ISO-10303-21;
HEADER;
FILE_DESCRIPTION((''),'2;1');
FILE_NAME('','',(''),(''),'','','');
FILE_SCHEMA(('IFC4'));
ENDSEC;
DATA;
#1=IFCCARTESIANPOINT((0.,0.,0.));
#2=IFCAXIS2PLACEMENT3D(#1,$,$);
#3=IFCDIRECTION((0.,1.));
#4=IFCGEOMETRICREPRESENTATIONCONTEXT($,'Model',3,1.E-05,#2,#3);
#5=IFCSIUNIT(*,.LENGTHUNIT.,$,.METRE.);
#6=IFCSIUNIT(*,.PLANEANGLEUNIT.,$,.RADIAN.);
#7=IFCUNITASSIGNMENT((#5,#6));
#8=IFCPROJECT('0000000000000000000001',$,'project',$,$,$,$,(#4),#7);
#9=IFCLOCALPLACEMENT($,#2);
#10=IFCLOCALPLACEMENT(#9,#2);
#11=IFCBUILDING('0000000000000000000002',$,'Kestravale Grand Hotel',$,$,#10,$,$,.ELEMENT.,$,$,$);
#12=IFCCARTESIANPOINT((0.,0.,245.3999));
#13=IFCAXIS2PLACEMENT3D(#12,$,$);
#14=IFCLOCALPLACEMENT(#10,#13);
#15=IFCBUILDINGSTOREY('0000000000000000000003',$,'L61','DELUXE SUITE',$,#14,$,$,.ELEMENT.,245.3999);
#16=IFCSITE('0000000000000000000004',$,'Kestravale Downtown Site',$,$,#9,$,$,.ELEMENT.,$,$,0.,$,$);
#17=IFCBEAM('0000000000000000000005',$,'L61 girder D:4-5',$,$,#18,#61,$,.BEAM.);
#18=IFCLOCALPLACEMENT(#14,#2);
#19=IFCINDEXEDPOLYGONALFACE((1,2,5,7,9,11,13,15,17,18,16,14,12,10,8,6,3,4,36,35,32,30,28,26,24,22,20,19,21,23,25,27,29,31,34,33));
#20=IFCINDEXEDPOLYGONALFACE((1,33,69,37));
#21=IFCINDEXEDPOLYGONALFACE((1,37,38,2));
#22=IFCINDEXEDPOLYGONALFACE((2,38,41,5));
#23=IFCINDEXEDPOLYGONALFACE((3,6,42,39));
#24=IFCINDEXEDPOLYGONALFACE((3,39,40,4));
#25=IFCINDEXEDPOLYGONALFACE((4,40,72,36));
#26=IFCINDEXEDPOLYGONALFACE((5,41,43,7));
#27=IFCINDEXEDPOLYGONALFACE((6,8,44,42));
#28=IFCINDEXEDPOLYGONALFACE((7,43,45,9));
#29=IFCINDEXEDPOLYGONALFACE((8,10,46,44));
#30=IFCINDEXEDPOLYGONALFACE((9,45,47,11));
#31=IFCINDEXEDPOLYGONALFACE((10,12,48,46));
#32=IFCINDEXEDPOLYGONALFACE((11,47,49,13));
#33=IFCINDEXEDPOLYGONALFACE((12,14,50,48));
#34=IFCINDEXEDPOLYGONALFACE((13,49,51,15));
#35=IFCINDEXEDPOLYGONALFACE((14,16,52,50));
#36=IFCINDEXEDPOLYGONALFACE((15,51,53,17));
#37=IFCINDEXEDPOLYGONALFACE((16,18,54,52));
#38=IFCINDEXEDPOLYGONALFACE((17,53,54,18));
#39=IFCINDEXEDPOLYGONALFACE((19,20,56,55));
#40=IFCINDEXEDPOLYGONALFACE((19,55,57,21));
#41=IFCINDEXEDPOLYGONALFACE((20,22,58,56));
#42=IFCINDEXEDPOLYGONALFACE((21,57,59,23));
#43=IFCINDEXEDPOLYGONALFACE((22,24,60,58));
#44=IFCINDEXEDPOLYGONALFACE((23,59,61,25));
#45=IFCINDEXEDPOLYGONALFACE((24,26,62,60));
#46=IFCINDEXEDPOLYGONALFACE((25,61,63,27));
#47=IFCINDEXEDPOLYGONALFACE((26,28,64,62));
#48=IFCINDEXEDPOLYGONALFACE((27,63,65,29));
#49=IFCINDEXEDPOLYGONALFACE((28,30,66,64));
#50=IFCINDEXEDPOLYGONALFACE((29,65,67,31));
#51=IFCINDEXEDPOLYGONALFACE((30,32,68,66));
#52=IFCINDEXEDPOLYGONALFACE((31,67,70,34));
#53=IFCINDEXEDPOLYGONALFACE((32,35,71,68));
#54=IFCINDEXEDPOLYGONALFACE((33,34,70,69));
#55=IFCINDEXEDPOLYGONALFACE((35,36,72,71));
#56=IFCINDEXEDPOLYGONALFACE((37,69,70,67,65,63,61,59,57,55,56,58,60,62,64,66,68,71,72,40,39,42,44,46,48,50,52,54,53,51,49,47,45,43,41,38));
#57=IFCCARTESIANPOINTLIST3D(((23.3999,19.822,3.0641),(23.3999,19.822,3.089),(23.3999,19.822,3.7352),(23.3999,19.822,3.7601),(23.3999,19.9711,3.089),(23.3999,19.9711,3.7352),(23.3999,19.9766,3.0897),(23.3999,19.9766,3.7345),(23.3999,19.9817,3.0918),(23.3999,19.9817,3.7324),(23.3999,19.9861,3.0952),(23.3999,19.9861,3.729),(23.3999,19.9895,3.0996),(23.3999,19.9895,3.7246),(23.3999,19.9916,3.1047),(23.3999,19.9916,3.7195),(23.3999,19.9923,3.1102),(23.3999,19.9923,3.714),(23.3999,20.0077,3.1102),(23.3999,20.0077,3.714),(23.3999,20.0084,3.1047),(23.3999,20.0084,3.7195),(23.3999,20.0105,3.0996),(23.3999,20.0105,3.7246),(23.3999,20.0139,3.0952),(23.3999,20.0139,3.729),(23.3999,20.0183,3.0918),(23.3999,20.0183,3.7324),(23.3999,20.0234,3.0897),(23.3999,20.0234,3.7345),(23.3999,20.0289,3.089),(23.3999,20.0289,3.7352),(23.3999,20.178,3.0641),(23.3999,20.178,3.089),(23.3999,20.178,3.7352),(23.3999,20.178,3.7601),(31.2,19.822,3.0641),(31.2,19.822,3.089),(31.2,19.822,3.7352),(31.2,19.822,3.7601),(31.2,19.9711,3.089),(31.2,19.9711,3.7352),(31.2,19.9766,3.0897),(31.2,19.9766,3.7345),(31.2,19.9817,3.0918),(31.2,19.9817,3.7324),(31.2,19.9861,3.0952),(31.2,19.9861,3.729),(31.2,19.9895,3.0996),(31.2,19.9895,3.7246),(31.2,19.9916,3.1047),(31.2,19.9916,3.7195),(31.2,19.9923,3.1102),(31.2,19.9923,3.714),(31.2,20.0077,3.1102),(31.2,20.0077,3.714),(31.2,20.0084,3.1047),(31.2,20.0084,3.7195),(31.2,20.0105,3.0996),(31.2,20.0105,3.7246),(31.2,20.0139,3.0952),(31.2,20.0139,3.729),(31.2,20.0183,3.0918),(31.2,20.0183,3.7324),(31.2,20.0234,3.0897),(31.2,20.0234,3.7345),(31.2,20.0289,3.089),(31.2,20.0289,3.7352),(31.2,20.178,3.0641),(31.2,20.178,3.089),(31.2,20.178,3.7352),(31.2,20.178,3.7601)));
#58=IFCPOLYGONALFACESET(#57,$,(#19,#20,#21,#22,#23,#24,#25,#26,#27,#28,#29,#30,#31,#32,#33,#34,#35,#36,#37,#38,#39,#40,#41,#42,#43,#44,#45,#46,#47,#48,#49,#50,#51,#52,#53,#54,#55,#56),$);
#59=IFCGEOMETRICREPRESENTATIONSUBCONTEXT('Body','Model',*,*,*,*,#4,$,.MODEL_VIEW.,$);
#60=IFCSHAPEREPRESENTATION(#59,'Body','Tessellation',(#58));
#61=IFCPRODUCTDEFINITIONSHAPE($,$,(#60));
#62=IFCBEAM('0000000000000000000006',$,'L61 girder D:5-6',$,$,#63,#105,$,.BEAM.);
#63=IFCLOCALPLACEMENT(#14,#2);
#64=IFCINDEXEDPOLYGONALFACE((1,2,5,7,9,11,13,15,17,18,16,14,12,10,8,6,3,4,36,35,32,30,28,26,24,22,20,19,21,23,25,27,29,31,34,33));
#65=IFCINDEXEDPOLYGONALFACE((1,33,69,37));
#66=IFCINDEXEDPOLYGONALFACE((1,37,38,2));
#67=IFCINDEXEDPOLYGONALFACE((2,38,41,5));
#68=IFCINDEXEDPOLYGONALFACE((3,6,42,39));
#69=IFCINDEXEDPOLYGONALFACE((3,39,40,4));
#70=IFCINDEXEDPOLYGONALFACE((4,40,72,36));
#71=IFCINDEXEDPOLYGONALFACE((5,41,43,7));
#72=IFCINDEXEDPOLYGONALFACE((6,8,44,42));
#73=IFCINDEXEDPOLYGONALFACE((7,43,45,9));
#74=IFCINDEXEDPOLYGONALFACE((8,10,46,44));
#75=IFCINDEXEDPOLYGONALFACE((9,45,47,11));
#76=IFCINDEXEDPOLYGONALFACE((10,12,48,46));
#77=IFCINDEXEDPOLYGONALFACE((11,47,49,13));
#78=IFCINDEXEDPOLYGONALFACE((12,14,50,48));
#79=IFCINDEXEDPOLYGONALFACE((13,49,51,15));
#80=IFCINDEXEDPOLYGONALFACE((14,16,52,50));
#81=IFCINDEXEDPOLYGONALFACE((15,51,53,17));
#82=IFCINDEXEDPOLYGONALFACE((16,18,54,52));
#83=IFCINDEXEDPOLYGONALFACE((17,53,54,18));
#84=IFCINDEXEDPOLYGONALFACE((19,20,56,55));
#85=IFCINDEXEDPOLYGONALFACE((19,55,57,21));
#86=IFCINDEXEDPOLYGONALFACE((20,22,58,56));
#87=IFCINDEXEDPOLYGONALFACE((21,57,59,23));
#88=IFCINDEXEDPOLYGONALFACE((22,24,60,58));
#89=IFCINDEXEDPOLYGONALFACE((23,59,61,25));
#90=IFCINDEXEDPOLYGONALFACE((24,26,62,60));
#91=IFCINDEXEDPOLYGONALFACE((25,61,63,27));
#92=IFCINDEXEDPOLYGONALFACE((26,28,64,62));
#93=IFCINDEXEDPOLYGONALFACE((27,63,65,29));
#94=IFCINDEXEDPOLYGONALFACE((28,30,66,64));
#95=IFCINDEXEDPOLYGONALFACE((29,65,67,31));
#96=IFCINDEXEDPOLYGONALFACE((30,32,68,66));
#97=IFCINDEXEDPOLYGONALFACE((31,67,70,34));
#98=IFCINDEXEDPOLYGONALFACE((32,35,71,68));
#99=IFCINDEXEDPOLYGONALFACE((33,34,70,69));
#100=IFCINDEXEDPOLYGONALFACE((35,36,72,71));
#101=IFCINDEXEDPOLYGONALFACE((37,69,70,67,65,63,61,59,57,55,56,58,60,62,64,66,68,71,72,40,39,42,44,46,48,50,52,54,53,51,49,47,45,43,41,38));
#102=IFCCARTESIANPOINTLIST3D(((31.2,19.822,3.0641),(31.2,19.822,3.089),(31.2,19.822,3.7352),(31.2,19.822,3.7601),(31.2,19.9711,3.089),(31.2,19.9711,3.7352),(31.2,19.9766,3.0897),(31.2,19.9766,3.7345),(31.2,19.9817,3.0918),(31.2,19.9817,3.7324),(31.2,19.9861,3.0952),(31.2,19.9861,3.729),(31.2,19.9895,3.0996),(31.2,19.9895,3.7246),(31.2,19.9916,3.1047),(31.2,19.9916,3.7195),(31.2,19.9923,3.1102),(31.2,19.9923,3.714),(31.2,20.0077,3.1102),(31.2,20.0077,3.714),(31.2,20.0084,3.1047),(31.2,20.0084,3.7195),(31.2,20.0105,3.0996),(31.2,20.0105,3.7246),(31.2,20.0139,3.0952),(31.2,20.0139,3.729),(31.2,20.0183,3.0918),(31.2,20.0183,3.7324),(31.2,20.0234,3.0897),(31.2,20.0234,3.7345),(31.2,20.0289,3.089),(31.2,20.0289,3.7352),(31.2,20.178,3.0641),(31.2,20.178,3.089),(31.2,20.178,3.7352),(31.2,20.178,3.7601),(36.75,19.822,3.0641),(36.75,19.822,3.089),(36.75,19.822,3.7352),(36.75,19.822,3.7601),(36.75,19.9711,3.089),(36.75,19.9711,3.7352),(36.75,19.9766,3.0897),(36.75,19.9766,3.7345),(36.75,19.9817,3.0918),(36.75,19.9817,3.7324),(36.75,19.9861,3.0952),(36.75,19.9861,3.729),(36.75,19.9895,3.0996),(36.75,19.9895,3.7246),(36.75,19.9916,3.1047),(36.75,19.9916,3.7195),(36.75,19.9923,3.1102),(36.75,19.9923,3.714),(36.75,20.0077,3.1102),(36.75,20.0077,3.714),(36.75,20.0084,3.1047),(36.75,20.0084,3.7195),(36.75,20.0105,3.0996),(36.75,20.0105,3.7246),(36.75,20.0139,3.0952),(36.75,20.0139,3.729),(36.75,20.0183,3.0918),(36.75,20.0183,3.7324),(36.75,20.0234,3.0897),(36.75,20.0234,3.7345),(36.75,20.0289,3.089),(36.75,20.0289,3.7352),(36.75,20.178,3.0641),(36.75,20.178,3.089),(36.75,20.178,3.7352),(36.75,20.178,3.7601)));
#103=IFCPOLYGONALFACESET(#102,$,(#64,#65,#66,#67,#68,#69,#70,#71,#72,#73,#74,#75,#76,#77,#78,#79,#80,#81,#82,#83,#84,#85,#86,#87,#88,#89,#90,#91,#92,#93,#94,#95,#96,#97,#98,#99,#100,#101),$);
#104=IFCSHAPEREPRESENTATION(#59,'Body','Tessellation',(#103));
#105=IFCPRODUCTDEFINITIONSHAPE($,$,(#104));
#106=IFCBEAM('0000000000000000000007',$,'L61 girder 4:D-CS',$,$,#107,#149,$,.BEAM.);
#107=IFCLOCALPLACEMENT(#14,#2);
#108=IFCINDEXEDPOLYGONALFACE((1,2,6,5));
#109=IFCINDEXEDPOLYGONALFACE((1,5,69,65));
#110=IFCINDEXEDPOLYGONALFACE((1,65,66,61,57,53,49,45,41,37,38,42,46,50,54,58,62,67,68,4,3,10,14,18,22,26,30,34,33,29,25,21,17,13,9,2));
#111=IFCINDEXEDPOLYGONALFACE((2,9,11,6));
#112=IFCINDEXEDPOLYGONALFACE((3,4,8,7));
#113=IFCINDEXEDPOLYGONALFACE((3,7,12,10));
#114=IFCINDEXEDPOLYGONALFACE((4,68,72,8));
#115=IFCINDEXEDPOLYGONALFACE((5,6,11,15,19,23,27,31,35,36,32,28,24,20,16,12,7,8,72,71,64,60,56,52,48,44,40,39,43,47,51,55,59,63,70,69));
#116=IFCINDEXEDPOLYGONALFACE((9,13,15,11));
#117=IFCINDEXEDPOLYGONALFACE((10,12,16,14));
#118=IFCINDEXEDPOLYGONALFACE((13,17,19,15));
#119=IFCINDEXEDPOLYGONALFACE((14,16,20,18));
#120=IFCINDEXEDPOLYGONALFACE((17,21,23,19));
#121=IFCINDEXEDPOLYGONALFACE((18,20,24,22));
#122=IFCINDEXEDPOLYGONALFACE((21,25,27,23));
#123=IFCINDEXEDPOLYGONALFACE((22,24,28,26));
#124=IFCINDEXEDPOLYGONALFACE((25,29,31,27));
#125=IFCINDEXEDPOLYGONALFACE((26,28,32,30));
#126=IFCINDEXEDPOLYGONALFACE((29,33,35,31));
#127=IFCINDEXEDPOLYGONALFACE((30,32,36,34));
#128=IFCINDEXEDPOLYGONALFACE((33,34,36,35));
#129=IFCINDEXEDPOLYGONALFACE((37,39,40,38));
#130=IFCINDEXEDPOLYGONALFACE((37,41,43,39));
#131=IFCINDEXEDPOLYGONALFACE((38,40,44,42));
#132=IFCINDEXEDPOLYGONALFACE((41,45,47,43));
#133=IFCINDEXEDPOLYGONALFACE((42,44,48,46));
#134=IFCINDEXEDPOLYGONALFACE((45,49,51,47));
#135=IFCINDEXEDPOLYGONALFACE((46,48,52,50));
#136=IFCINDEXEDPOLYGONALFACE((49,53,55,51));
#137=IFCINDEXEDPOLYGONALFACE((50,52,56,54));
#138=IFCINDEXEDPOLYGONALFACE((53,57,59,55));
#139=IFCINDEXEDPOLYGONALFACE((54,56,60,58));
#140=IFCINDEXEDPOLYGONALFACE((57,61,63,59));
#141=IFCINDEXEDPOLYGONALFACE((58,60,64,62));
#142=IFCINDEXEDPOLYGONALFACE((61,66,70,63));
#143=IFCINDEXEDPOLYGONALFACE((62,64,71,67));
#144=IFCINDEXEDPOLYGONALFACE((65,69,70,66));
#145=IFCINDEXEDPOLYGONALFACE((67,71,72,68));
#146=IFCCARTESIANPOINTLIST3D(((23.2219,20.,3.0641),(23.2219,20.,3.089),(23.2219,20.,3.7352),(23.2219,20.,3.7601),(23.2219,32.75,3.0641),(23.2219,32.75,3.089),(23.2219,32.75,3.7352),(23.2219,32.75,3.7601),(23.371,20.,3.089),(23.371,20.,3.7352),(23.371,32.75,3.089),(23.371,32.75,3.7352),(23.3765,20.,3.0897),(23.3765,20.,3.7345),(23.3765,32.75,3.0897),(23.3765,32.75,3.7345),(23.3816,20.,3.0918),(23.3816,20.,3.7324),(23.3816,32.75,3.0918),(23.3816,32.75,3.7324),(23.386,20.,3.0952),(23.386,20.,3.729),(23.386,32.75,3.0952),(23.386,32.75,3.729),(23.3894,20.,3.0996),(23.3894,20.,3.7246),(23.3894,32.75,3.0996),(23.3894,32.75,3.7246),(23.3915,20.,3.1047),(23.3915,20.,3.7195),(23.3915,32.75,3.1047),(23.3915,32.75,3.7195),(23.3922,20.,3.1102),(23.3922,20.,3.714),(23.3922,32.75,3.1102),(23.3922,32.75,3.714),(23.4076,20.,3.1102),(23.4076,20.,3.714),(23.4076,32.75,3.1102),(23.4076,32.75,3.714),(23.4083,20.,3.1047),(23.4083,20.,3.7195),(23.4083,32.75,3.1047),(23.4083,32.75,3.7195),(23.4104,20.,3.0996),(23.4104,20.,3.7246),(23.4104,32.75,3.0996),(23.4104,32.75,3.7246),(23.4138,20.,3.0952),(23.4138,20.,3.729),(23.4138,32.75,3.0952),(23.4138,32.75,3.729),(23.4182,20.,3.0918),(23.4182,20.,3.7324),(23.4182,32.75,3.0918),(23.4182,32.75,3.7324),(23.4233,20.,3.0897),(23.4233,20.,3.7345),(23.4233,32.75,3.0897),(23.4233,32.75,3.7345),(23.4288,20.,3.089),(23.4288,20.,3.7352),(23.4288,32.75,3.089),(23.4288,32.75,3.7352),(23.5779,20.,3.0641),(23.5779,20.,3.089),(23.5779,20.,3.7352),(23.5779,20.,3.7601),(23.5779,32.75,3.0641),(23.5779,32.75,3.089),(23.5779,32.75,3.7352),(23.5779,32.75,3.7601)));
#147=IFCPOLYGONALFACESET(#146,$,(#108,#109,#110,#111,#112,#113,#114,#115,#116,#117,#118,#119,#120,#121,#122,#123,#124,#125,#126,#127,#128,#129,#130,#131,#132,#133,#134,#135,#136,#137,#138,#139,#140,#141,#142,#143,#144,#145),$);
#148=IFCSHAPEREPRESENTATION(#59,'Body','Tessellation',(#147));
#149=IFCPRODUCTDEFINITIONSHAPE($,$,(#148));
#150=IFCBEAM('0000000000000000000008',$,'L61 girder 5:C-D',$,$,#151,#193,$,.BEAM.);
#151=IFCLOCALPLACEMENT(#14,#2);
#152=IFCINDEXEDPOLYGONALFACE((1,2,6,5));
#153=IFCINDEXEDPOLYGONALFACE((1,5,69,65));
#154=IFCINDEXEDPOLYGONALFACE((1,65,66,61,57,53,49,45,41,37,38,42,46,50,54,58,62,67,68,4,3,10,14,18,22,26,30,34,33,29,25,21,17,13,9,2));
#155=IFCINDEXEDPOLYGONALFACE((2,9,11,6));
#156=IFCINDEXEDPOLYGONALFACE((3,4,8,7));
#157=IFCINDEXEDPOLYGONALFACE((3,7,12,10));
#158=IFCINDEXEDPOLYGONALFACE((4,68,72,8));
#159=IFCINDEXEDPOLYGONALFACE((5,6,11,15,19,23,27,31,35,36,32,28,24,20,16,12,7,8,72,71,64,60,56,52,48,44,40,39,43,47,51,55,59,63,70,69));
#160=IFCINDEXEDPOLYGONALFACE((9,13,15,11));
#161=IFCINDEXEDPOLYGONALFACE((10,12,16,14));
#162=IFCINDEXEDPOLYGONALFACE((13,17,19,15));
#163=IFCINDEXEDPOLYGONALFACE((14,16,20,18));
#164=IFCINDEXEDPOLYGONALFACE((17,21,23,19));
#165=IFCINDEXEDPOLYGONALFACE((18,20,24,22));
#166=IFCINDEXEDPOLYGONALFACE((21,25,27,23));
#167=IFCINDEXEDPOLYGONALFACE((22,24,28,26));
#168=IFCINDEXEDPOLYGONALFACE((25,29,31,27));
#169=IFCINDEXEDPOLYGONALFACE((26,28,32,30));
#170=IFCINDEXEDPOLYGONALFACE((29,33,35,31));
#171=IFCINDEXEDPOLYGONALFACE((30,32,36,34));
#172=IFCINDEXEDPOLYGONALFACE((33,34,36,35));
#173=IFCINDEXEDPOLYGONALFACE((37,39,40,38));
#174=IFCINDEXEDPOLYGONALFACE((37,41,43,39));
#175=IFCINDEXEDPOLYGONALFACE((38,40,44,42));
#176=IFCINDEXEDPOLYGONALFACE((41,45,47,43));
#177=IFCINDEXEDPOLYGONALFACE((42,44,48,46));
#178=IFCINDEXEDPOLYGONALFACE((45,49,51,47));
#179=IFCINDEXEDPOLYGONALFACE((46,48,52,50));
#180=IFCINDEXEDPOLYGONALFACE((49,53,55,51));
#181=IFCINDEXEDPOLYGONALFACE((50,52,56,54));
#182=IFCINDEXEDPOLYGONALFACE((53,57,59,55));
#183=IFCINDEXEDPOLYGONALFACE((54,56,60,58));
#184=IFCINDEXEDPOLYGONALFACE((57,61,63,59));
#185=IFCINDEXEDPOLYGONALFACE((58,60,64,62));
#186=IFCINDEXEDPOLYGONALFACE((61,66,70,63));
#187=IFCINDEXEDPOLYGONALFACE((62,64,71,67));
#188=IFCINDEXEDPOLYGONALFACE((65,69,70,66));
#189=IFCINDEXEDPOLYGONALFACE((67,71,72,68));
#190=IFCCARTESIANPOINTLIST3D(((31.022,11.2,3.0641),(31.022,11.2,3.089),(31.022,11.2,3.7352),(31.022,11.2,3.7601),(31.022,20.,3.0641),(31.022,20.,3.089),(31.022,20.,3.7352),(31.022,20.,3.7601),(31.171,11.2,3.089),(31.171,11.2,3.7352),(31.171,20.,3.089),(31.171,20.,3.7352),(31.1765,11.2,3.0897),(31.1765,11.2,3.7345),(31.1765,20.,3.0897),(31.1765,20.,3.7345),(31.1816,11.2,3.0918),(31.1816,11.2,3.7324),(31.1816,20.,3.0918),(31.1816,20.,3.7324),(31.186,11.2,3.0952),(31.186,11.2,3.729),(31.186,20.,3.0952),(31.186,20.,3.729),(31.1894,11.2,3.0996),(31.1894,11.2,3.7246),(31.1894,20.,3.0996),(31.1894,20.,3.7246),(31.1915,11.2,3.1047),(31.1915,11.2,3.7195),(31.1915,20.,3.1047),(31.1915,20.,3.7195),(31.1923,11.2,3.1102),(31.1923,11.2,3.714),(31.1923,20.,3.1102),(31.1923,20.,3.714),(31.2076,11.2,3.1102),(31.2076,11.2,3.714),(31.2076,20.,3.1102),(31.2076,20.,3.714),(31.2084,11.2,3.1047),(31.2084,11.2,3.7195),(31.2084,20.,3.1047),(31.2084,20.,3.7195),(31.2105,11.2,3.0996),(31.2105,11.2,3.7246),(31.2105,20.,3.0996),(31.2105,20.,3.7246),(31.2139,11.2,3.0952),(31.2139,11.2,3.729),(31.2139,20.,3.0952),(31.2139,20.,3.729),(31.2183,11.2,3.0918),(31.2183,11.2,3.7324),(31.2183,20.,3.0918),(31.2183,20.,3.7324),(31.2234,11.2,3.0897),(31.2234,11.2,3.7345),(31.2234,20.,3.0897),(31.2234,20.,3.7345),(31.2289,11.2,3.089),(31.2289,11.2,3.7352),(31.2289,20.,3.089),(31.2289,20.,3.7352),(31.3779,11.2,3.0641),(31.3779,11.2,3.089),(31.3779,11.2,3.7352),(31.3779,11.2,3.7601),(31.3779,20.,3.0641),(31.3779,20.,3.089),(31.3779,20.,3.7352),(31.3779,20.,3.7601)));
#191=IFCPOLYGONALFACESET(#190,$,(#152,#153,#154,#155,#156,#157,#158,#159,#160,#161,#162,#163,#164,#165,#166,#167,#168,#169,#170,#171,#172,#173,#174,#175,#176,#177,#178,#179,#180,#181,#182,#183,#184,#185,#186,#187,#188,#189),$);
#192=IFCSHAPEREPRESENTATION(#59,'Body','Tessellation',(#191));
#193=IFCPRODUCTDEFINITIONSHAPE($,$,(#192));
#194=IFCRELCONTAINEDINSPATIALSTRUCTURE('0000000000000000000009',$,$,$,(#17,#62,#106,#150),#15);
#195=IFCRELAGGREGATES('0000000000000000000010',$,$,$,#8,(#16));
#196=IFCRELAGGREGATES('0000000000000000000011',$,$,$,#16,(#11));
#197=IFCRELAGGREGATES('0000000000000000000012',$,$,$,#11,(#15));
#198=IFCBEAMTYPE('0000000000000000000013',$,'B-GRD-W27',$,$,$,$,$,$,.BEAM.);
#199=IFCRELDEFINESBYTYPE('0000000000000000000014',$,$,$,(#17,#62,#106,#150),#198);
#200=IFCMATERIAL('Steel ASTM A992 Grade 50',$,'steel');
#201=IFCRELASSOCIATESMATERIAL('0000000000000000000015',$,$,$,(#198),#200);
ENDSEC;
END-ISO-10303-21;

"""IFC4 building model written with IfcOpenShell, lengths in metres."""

from ifc_helpers import new_model, si_unit, direction, frame, origin, origin_2d, place, context, subcontext, project, spatial, i_section, extrude, material, material_profile, profile_set, type_object, element, save


model = new_model("IFC4")

# Units and contexts
model_context = context("Model", 3, precision=1e-05, world=origin(), true_north=direction((0.0, 1.0)))
body_context = subcontext(model_context, "Body", "Model", "MODEL_VIEW")
ifc_project = project(units=[si_unit("LENGTHUNIT", "METRE"), si_unit("PLANEANGLEUNIT", "RADIAN")], contexts=[model_context])

# Site, building, storey
site_placement = place(None, origin())
site = spatial("IfcSite", under=ifc_project, at=site_placement, Name="Kestravale Downtown Site", CompositionType="ELEMENT", RefElevation=0.0)
building_placement = place(site_placement, origin())
building = spatial("IfcBuilding", under=site, at=building_placement, Name="Kestravale Grand Hotel", CompositionType="ELEMENT")
storey_placement = place(building_placement, frame((0.0, 0.0, 245.3999)))
storey = spatial("IfcBuildingStorey", under=building, at=storey_placement, Name="L61", Description="DELUXE SUITE", CompositionType="ELEMENT", Elevation=245.3999)

# Beams
ifc_material_1 = material(Name="Steel ASTM A992 Grade 50", Category="steel")
ifc_material_profile_1 = material_profile(ifc_material_1, i_section(OverallWidth=0.356, OverallDepth=0.696, WebThickness=0.0154, FlangeThickness=0.0249, FilletRadius=0.0212, at=origin_2d()))
ifc_profile_set_1 = profile_set([ifc_material_profile_1], Name="Steel ASTM A992 Grade 50")
beam_type_1 = type_object("IfcBeamType", Name="B-GRD-W27", PredefinedType="BEAM", material=ifc_profile_set_1)
beam_1_placement = place(storey_placement, frame((23.3999, 20.0, 3.4121), z_axis=(1.0, 0.0, 0.0), x_axis=(0.0, 1.0, 0.0)))
element("IfcBeam", 1, at=beam_1_placement, inside=storey, type_object=beam_type_1, Name="L61 girder D:4-5", PredefinedType="BEAM", context=body_context, shape_type="SweptSolid", body=[
    extrude(i_section(OverallWidth=0.356, OverallDepth=0.696, WebThickness=0.0154, FlangeThickness=0.0249, FilletRadius=0.0212, at=origin_2d()), origin(), (0.0, 0.0, 1.0), 7.8),
])
beam_2_placement = place(storey_placement, frame((31.2, 20.0, 3.4121), z_axis=(1.0, 0.0, 0.0), x_axis=(0.0, 1.0, 0.0)))
element("IfcBeam", 2, at=beam_2_placement, inside=storey, type_object=beam_type_1, Name="L61 girder D:5-6", PredefinedType="BEAM", context=body_context, shape_type="SweptSolid", body=[
    extrude(i_section(OverallWidth=0.356, OverallDepth=0.696, WebThickness=0.0154, FlangeThickness=0.0249, FilletRadius=0.0212, at=origin_2d()), origin(), (0.0, 0.0, 1.0), 5.55),
])
beam_3_placement = place(storey_placement, frame((23.3999, 20.0, 3.4121), z_axis=(0.0, 1.0, 0.0), x_axis=(-1.0, 0.0, 0.0)))
element("IfcBeam", 3, at=beam_3_placement, inside=storey, type_object=beam_type_1, Name="L61 girder 4:D-CS", PredefinedType="BEAM", context=body_context, shape_type="SweptSolid", body=[
    extrude(i_section(OverallWidth=0.356, OverallDepth=0.696, WebThickness=0.0154, FlangeThickness=0.0249, FilletRadius=0.0212, at=origin_2d()), origin(), (0.0, 0.0, 1.0), 12.75),
])
beam_4_placement = place(storey_placement, frame((31.2, 11.2, 3.4121), z_axis=(0.0, 1.0, 0.0), x_axis=(-1.0, 0.0, 0.0)))
element("IfcBeam", 4, at=beam_4_placement, inside=storey, type_object=beam_type_1, Name="L61 girder 5:C-D", PredefinedType="BEAM", context=body_context, shape_type="SweptSolid", body=[
    extrude(i_section(OverallWidth=0.356, OverallDepth=0.696, WebThickness=0.0154, FlangeThickness=0.0249, FilletRadius=0.0212, at=origin_2d()), origin(), (0.0, 0.0, 1.0), 8.8),
])

save(model, "model.ifc")
